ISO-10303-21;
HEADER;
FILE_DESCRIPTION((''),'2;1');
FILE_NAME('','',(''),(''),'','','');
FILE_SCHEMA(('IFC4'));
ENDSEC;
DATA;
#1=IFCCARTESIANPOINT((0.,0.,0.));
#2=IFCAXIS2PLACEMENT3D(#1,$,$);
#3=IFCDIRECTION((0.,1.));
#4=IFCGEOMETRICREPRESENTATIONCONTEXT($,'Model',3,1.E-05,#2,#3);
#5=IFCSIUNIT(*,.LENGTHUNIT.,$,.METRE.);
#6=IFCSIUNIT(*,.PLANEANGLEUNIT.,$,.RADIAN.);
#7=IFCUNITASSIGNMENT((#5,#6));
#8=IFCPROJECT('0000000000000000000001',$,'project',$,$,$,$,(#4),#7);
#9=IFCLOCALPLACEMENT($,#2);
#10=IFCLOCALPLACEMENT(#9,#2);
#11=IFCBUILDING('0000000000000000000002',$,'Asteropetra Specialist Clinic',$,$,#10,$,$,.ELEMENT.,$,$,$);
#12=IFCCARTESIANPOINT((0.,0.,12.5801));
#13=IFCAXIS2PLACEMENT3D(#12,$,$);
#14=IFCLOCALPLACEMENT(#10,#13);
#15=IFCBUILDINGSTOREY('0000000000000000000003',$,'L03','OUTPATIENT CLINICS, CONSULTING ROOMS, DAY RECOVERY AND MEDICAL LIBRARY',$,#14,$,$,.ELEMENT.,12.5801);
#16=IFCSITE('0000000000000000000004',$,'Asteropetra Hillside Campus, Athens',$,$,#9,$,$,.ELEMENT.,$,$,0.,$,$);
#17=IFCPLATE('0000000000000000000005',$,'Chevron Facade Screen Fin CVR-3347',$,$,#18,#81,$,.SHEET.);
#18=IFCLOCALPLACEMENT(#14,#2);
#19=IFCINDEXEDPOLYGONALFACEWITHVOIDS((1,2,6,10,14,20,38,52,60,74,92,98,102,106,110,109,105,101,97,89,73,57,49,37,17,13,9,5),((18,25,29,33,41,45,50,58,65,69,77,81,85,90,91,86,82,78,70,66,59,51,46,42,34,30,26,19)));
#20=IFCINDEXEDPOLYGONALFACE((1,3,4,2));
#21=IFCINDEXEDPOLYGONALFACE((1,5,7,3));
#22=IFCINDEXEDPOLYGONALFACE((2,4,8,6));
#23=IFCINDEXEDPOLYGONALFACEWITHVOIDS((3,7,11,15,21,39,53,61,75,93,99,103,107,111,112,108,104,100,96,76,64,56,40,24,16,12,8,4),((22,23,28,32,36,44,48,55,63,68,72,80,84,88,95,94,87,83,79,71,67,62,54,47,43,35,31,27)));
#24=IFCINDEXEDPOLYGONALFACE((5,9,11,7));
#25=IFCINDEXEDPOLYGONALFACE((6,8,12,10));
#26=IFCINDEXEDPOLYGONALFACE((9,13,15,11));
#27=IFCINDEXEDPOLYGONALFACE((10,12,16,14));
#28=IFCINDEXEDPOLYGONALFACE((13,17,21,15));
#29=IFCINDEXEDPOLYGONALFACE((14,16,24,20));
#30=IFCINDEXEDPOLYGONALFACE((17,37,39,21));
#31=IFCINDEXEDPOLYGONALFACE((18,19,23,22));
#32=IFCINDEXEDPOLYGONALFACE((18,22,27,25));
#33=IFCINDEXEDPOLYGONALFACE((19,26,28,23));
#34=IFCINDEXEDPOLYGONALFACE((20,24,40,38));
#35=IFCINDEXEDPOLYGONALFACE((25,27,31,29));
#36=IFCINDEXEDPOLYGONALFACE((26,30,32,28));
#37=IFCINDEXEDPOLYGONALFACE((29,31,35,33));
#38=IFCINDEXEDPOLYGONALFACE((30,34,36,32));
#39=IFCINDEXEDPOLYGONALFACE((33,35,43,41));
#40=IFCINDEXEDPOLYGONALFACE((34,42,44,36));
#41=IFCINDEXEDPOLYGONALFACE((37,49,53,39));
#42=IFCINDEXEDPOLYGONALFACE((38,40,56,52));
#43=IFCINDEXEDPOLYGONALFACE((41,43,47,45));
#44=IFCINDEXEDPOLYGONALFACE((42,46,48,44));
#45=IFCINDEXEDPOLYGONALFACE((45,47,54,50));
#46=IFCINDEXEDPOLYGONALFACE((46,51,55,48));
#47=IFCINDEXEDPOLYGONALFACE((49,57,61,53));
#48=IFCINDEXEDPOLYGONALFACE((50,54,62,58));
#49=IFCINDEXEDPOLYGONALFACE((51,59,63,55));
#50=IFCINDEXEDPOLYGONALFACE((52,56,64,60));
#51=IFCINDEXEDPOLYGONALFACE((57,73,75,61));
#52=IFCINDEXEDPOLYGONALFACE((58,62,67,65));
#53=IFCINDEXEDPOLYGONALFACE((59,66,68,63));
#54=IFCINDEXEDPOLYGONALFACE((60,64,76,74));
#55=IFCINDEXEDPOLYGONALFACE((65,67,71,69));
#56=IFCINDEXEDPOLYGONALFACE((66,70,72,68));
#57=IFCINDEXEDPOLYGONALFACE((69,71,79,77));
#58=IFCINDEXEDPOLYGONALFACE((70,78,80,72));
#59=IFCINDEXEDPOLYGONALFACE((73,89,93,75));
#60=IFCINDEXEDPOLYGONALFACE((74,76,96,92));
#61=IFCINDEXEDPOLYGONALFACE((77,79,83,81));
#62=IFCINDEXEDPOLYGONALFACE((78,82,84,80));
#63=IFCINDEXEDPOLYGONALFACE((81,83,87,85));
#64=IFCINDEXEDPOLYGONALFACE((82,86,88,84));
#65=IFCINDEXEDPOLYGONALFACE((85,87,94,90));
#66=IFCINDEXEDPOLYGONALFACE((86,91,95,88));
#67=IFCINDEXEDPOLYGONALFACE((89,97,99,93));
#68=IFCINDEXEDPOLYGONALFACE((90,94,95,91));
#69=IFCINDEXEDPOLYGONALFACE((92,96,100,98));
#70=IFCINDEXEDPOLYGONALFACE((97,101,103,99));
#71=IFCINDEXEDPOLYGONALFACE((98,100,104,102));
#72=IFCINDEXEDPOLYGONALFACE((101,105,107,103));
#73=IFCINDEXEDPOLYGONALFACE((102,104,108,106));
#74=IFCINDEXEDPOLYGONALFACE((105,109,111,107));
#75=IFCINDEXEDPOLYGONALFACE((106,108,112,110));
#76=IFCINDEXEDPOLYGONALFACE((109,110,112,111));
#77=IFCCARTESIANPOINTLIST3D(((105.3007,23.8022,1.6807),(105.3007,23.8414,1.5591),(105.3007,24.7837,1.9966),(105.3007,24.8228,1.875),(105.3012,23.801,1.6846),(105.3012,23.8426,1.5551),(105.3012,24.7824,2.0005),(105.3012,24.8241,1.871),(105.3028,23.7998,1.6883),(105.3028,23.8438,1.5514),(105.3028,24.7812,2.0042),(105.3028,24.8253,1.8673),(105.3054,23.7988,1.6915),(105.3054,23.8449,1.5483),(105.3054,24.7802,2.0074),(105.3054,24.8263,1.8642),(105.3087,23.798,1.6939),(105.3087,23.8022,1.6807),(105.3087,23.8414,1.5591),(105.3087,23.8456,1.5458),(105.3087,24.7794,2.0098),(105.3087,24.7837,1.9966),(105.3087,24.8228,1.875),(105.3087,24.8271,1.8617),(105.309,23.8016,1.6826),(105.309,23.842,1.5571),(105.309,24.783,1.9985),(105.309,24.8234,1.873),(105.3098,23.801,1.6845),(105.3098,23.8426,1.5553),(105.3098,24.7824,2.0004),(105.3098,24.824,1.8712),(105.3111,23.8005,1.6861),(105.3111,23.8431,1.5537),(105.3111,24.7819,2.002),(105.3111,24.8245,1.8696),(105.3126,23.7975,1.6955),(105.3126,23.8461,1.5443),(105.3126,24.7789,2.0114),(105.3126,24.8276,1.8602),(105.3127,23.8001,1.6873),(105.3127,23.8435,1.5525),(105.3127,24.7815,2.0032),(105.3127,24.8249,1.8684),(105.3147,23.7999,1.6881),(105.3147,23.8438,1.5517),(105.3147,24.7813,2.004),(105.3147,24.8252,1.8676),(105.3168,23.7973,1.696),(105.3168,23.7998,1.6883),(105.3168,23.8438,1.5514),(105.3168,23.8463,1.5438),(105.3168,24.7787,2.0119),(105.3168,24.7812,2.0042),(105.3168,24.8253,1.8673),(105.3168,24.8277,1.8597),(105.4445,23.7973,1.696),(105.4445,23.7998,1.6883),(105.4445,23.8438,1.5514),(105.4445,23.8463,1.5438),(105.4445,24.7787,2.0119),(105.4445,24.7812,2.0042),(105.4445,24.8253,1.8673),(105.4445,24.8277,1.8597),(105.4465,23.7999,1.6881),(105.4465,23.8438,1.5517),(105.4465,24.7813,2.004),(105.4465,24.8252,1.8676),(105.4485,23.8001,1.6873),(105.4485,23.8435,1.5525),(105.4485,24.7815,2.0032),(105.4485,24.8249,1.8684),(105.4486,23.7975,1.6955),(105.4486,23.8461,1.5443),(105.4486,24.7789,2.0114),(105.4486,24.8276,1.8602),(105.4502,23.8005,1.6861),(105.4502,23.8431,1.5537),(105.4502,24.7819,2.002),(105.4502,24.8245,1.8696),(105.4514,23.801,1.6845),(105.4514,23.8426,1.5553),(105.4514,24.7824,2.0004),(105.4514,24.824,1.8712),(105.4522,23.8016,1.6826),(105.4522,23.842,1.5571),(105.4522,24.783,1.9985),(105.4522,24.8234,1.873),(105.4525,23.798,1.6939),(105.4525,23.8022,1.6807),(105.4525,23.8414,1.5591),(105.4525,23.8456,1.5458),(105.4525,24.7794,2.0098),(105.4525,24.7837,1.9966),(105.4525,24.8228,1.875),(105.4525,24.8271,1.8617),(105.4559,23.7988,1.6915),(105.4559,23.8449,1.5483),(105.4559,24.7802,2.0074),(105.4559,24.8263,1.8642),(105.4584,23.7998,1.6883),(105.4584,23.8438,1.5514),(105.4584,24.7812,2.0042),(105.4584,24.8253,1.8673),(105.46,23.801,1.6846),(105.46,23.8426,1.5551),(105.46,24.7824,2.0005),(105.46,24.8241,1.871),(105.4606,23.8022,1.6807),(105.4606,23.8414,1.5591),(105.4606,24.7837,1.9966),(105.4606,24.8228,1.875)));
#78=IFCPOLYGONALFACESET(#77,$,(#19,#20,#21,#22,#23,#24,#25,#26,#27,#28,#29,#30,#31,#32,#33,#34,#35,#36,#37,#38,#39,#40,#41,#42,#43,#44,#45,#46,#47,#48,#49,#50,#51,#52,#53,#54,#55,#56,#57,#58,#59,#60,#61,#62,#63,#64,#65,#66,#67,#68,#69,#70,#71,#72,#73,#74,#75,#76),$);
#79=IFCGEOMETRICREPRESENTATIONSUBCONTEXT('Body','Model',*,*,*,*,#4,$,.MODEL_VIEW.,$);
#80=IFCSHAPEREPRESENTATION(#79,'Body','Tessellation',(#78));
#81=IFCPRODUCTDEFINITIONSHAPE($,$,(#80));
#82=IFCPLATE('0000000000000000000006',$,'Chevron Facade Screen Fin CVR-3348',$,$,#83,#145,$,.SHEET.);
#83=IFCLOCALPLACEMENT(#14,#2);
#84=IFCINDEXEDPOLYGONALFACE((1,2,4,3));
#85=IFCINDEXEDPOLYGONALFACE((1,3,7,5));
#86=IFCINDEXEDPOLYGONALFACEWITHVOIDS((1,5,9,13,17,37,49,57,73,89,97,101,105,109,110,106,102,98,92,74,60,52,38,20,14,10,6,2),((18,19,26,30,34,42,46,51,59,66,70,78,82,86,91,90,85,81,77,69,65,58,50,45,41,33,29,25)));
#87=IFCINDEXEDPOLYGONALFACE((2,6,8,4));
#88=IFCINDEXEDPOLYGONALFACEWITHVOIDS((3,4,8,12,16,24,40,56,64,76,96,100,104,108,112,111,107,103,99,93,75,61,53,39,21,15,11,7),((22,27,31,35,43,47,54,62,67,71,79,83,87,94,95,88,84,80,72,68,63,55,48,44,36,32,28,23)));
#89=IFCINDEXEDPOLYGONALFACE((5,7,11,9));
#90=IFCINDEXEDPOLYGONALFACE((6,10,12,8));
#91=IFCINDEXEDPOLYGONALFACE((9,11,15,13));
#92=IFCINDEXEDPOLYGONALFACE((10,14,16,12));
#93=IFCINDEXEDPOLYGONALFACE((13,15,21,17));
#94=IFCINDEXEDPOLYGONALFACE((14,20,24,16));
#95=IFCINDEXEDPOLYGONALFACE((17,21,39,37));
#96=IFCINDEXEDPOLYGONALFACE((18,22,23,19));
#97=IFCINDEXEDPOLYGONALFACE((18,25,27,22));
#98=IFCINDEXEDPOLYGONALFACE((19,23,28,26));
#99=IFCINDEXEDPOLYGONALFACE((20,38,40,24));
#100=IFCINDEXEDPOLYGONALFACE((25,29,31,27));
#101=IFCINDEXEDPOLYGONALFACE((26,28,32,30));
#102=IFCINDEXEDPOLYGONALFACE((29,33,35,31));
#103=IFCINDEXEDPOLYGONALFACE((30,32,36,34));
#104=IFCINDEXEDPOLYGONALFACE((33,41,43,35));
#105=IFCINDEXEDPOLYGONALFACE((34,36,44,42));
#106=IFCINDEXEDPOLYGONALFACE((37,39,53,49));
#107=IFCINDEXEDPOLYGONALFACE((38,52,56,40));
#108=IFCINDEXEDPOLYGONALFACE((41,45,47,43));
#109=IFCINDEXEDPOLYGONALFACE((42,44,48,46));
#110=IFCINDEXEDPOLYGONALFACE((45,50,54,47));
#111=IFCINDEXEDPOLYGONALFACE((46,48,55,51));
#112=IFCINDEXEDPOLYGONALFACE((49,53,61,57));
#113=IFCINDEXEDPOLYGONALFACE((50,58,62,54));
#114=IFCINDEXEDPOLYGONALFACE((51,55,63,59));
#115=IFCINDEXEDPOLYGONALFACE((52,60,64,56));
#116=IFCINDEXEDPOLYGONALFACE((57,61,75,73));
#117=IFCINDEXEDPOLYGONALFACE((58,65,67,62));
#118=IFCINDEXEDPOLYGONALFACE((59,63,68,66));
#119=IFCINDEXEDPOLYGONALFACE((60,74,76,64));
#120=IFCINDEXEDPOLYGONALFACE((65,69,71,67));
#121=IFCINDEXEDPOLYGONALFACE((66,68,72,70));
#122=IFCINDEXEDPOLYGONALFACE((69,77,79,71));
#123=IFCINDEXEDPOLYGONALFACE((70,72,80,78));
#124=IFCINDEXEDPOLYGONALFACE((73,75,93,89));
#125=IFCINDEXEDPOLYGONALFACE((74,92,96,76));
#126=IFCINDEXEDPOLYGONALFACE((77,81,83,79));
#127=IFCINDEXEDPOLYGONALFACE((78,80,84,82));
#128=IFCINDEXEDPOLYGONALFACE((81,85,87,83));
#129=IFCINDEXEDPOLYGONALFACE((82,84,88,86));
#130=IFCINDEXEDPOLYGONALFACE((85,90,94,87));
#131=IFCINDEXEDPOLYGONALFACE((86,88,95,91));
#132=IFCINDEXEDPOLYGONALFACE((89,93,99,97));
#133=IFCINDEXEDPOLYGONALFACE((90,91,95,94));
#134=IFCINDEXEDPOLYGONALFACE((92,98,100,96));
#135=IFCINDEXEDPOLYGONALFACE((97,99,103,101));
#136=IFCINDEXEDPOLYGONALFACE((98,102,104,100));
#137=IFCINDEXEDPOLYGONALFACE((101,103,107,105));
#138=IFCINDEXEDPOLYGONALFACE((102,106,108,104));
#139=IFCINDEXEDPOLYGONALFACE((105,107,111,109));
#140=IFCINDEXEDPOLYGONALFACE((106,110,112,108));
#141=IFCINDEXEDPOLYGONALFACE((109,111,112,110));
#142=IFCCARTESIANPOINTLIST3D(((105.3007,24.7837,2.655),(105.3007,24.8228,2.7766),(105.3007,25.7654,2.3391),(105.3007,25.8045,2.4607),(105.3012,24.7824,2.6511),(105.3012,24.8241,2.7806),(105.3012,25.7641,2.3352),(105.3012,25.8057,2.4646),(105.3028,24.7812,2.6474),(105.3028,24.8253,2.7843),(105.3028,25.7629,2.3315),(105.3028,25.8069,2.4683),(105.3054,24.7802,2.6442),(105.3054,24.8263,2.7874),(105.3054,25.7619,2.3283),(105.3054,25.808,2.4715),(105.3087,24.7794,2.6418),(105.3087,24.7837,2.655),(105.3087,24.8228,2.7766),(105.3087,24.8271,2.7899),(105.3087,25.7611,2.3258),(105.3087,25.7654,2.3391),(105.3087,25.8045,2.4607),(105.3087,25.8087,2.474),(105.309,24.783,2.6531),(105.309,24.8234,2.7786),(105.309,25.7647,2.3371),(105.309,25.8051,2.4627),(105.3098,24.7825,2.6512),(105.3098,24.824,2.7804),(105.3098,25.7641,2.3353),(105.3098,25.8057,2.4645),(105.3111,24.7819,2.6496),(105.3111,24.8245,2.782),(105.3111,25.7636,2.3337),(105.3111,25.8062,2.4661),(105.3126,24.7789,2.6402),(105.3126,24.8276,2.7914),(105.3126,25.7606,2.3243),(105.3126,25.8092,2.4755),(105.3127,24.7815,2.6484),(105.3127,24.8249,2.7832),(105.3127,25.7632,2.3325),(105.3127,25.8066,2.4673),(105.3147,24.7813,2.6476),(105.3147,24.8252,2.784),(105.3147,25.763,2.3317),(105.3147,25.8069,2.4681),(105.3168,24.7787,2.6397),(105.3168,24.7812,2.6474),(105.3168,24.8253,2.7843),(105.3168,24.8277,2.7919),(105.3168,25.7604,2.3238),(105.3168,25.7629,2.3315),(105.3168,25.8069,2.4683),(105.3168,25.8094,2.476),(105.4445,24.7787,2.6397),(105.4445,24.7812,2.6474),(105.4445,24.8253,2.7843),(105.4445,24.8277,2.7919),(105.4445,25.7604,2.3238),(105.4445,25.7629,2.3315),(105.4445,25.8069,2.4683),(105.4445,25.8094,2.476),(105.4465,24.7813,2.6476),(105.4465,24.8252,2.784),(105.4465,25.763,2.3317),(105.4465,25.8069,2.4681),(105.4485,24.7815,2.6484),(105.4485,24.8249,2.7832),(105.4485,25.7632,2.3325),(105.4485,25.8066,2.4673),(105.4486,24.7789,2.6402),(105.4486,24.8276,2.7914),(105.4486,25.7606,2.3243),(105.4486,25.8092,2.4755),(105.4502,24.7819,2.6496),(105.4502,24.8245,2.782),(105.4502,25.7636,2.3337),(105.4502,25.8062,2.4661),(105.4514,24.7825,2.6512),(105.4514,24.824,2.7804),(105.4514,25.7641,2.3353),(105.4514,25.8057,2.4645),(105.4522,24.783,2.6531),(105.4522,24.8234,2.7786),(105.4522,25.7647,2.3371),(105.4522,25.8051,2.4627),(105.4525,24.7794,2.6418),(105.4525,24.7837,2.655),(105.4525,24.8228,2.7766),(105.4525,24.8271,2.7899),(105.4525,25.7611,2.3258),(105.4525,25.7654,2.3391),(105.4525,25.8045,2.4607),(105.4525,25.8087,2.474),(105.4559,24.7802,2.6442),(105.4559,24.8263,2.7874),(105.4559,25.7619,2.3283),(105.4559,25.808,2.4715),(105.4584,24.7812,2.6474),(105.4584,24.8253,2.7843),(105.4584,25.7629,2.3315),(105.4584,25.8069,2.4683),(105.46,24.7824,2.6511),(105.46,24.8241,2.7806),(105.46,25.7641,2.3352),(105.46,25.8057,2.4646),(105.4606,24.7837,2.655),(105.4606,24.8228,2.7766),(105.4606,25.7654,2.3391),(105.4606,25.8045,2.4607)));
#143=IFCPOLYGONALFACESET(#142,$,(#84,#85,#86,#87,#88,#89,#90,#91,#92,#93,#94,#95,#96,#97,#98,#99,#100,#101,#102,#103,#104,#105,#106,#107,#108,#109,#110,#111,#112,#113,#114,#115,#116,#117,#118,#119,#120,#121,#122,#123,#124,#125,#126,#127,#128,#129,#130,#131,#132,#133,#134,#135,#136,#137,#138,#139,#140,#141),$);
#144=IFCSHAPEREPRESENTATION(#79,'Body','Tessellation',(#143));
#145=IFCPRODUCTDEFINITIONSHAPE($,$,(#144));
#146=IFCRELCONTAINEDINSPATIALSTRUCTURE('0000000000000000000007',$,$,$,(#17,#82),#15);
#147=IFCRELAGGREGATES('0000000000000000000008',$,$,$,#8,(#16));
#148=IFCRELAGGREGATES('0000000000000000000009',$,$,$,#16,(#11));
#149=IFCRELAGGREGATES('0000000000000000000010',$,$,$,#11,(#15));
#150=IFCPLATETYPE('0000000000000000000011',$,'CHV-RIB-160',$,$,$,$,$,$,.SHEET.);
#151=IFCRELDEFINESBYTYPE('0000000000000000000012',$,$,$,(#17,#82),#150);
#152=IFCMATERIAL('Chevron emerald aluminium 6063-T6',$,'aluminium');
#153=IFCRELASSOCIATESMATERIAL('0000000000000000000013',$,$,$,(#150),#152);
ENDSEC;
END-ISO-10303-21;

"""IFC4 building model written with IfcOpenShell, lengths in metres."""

from ifc_helpers import new_model, si_unit, direction, frame, origin, origin_2d, place, context, subcontext, project, spatial, hollow_rectangle, extrude, material, material_profile, profile_set, type_object, element, save


model = new_model("IFC4")

# Units and contexts
model_context = context("Model", 3, precision=1e-05, world=origin(), true_north=direction((0.0, 1.0)))
body_context = subcontext(model_context, "Body", "Model", "MODEL_VIEW")
ifc_project = project(units=[si_unit("LENGTHUNIT", "METRE"), si_unit("PLANEANGLEUNIT", "RADIAN")], contexts=[model_context])

# Site, building, storey
site_placement = place(None, origin())
site = spatial("IfcSite", under=ifc_project, at=site_placement, Name="Asteropetra Hillside Campus, Athens", CompositionType="ELEMENT", RefElevation=0.0)
building_placement = place(site_placement, origin())
building = spatial("IfcBuilding", under=site, at=building_placement, Name="Asteropetra Specialist Clinic", CompositionType="ELEMENT")
storey_placement = place(building_placement, frame((0.0, 0.0, 12.5801)))
storey = spatial("IfcBuildingStorey", under=building, at=storey_placement, Name="L03", Description="OUTPATIENT CLINICS, CONSULTING ROOMS, DAY RECOVERY AND MEDICAL LIBRARY", CompositionType="ELEMENT", Elevation=12.5801)

# Plates
ifc_material_1 = material(Name="Chevron emerald aluminium 6063-T6", Category="aluminium")
ifc_material_profile_1 = material_profile(ifc_material_1, hollow_rectangle(XDim=0.1599, YDim=0.1599, WallThickness=0.0081, InnerFilletRadius=0.0081, OuterFilletRadius=0.0161, at=origin_2d()), Name="SHS 160x160x8.0")
ifc_profile_set_1 = profile_set([ifc_material_profile_1], Name="Chevron emerald aluminium 6063-T6")
plate_type_1 = type_object("IfcPlateType", Name="CHV-RIB-160", PredefinedType="SHEET", material=ifc_profile_set_1)
plate_1_placement = place(storey_placement, frame((105.3806, 24.8032, 1.9358), z_axis=(0.0, -0.9519, -0.306408), x_axis=(1.0, 0.0, 0.0)))
element("IfcPlate", 1, at=plate_1_placement, inside=storey, type_object=plate_type_1, Name="Chevron Facade Screen Fin CVR-3347", PredefinedType="SHEET", context=body_context, shape_type="SweptSolid", body=[
    extrude(hollow_rectangle(XDim=0.1599, YDim=0.1599, WallThickness=0.0081, InnerFilletRadius=0.0081, OuterFilletRadius=0.0161, at=origin_2d()), origin(), (0.0, 0.0, 1.0), 1.031),
])
plate_2_placement = place(storey_placement, frame((105.3806, 25.7849, 2.3999), z_axis=(0.0, -0.951923, 0.306339), x_axis=(1.0, 0.0, 0.0)))
element("IfcPlate", 2, at=plate_2_placement, inside=storey, type_object=plate_type_1, Name="Chevron Facade Screen Fin CVR-3348", PredefinedType="SHEET", context=body_context, shape_type="SweptSolid", body=[
    extrude(hollow_rectangle(XDim=0.1599, YDim=0.1599, WallThickness=0.0081, InnerFilletRadius=0.0081, OuterFilletRadius=0.0161, at=origin_2d()), origin(), (0.0, 0.0, 1.0), 1.0312),
])

save(model, "model.ifc")
